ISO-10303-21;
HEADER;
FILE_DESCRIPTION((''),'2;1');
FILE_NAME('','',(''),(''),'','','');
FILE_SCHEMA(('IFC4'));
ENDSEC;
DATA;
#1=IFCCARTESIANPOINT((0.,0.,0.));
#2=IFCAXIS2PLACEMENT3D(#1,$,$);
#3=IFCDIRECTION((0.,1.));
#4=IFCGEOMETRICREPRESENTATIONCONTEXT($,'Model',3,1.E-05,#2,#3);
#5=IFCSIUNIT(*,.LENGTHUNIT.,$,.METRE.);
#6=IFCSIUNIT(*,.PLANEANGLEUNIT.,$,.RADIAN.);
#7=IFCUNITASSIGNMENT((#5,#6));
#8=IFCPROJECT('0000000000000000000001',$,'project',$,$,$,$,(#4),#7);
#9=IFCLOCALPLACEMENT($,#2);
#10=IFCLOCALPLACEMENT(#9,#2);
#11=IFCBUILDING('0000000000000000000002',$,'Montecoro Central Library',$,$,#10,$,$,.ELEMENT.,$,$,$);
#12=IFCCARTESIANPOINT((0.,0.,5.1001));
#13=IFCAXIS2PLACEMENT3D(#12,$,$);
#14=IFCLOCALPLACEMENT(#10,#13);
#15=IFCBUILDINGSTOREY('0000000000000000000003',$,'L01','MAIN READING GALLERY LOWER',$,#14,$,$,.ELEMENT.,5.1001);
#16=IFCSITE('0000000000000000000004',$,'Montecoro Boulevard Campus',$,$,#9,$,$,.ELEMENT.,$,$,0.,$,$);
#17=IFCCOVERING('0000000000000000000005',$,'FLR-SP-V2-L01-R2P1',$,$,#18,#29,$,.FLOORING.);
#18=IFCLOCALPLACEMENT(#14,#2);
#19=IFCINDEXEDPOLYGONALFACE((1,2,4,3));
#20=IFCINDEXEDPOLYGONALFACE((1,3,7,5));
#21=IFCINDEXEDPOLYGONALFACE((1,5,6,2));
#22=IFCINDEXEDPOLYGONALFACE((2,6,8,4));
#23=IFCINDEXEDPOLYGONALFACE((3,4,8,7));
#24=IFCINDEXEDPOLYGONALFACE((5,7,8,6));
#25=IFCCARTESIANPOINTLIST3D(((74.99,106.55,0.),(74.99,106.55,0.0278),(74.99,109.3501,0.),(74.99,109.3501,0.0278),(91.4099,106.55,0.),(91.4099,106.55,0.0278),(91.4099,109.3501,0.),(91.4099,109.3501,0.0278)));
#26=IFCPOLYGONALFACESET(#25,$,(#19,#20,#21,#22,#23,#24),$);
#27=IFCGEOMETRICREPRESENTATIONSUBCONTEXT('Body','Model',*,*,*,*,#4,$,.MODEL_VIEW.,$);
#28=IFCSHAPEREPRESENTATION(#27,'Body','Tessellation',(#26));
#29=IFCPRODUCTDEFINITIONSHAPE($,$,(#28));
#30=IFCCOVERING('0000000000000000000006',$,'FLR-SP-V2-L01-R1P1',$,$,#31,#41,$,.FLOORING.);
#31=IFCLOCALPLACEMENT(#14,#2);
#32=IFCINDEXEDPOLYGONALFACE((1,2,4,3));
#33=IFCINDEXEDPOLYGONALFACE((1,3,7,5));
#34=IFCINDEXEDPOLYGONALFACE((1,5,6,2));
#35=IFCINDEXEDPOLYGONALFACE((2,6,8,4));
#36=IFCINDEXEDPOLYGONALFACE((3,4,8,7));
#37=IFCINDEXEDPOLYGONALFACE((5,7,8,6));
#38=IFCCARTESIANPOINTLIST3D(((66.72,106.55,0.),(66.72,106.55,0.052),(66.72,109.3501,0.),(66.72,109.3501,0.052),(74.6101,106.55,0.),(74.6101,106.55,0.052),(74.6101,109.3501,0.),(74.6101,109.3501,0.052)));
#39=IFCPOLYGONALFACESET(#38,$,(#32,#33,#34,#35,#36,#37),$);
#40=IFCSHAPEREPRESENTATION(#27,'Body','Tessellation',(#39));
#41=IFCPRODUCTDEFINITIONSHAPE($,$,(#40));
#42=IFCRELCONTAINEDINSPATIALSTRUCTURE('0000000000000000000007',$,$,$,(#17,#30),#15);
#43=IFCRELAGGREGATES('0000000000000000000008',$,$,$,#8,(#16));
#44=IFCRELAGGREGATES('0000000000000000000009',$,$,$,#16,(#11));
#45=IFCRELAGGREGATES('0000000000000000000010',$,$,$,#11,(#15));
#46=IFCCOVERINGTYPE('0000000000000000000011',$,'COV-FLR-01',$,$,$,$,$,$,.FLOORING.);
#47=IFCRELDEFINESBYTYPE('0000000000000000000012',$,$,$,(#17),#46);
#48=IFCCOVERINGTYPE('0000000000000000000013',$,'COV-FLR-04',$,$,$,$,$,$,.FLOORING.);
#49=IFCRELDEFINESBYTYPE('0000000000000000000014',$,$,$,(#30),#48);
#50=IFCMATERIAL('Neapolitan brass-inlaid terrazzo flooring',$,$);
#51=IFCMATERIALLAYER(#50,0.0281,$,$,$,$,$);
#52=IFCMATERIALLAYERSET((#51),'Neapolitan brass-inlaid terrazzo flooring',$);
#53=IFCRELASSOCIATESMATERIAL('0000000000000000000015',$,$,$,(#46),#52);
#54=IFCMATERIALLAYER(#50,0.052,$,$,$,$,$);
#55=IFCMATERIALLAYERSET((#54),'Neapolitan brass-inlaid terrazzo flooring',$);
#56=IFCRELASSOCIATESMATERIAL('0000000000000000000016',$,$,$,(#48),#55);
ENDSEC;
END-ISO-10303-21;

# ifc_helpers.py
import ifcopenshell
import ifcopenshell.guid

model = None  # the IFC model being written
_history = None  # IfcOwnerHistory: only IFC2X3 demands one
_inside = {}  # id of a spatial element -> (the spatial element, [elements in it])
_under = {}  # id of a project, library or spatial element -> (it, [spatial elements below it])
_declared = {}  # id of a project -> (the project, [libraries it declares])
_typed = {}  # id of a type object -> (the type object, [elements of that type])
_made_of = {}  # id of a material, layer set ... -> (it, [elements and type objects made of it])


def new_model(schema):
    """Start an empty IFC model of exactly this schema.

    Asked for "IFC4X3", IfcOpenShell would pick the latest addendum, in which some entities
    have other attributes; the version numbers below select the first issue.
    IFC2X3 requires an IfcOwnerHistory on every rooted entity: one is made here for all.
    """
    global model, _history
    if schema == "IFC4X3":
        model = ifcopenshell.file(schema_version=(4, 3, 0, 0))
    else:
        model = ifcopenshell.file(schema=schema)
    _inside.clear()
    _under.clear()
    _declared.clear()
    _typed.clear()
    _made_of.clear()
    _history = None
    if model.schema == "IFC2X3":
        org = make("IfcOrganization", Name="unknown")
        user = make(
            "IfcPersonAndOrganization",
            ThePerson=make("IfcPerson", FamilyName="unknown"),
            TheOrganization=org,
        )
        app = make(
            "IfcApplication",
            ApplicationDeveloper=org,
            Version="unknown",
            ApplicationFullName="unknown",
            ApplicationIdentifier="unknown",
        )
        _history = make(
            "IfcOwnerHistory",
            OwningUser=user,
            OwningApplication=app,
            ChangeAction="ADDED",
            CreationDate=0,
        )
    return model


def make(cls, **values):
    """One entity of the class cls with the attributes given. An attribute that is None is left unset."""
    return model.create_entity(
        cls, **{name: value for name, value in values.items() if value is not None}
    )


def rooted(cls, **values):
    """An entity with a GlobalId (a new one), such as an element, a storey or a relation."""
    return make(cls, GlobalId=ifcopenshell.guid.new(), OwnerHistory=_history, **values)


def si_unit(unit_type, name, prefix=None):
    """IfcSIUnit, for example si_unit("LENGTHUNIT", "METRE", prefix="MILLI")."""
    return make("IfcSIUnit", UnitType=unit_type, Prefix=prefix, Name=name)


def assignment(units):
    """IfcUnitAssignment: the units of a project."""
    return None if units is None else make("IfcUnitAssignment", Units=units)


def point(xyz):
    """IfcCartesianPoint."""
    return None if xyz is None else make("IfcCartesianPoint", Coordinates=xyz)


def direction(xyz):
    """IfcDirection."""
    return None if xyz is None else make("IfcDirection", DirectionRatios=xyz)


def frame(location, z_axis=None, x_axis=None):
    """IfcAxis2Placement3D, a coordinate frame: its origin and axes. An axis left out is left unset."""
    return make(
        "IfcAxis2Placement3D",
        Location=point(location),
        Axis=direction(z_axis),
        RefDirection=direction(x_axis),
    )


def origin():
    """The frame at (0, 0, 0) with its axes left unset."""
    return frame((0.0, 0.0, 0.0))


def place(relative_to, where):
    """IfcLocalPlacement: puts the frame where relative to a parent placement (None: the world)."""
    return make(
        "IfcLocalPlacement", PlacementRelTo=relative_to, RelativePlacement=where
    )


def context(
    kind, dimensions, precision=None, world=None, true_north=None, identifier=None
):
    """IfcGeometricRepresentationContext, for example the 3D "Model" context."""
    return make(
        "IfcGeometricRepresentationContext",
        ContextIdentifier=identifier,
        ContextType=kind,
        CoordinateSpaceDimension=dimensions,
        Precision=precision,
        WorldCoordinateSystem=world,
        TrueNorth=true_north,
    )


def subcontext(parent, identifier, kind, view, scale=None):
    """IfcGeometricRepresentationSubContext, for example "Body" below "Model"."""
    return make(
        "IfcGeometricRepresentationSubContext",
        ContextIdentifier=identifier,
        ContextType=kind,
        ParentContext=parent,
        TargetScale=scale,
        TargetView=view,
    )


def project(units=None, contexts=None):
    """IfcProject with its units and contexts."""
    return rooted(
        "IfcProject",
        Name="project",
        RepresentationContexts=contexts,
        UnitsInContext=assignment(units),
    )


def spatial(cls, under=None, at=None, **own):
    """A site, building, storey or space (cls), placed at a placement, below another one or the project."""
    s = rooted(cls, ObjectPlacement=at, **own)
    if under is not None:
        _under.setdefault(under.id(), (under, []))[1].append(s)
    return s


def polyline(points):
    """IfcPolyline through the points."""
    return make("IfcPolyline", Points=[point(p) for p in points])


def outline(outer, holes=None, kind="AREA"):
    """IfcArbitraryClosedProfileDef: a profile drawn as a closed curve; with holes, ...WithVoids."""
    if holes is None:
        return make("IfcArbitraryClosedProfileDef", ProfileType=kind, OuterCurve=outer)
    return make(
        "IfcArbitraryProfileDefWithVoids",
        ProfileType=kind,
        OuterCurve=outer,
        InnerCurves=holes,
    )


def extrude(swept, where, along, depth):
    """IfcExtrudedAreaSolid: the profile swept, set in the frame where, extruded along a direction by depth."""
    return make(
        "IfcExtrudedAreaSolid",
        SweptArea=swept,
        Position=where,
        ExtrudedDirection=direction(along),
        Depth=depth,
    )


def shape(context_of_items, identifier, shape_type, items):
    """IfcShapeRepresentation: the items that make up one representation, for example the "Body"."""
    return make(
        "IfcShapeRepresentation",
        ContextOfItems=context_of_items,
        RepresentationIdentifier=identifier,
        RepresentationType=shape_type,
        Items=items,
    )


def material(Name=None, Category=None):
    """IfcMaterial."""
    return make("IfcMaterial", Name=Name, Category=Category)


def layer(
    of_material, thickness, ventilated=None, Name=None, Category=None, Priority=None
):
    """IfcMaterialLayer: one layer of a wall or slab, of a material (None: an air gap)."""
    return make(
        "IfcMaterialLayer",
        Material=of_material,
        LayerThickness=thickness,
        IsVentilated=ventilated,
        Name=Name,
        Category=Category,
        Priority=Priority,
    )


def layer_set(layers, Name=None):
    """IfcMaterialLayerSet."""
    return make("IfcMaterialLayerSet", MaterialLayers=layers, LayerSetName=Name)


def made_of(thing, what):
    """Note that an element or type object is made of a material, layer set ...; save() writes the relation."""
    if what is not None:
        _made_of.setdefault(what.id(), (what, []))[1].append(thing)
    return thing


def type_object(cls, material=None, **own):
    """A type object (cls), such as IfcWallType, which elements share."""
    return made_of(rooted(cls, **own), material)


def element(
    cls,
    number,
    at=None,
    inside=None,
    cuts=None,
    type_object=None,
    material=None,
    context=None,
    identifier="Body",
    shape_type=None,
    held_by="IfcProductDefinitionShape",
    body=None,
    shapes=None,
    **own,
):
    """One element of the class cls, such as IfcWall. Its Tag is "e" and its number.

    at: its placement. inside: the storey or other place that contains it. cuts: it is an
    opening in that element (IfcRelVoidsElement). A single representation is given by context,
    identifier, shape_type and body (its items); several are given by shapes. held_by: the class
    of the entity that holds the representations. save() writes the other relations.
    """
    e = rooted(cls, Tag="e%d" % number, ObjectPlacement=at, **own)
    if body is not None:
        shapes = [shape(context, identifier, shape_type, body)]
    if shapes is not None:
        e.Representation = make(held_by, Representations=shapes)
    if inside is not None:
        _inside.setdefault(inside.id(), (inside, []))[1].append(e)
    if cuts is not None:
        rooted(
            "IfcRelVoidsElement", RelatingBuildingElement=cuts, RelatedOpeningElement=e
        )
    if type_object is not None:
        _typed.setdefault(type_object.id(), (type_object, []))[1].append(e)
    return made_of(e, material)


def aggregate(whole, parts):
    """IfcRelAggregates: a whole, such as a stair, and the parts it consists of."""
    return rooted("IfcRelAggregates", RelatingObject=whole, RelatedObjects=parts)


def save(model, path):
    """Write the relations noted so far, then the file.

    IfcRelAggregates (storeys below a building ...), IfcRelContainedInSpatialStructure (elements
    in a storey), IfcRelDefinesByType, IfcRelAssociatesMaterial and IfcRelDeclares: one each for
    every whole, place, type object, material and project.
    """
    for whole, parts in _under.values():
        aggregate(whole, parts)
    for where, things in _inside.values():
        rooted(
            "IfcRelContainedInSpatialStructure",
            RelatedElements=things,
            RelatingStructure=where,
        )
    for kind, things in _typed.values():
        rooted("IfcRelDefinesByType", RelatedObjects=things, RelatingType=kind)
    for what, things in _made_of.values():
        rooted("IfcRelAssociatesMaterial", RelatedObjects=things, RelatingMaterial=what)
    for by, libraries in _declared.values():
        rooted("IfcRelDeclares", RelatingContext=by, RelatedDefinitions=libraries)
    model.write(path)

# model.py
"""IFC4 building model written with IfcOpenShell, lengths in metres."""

from ifc_helpers import new_model, si_unit, direction, frame, origin, place, context, subcontext, project, spatial, polyline, outline, extrude, material, layer, layer_set, type_object, element, save


model = new_model("IFC4")

# Units and contexts
model_context = context("Model", 3, precision=1e-05, world=origin(), true_north=direction((0.0, 1.0)))
body_context = subcontext(model_context, "Body", "Model", "MODEL_VIEW")
ifc_project = project(units=[si_unit("LENGTHUNIT", "METRE"), si_unit("PLANEANGLEUNIT", "RADIAN")], contexts=[model_context])

# Site, building, storey
site_placement = place(None, origin())
site = spatial("IfcSite", under=ifc_project, at=site_placement, Name="Montecoro Boulevard Campus", CompositionType="ELEMENT", RefElevation=0.0)
building_placement = place(site_placement, origin())
building = spatial("IfcBuilding", under=site, at=building_placement, Name="Montecoro Central Library", CompositionType="ELEMENT")
storey_placement = place(building_placement, frame((0.0, 0.0, 5.1001)))
storey = spatial("IfcBuildingStorey", under=building, at=storey_placement, Name="L01", Description="MAIN READING GALLERY LOWER", CompositionType="ELEMENT", Elevation=5.1001)

# Coverings
ifc_material_1 = material(Name="Neapolitan brass-inlaid terrazzo flooring")
ifc_layer_1 = layer(ifc_material_1, 0.0281)
ifc_layer_set_1 = layer_set([ifc_layer_1], Name="Neapolitan brass-inlaid terrazzo flooring")
covering_type_1 = type_object("IfcCoveringType", Name="COV-FLR-01", PredefinedType="FLOORING", material=ifc_layer_set_1)
covering_1_placement = place(storey_placement, origin())
element("IfcCovering", 1, at=covering_1_placement, inside=storey, type_object=covering_type_1, Name="FLR-SP-V2-L01-R2P1", PredefinedType="FLOORING", context=body_context, shape_type="SweptSolid", body=[
    extrude(outline(polyline([(74.99, 106.55), (91.4099, 106.55), (91.4099, 109.3501), (74.99, 109.3501), (74.99, 106.55)])), origin(), (0.0, 0.0, 1.0), 0.0278),
])
ifc_layer_2 = layer(ifc_material_1, 0.052)
ifc_layer_set_2 = layer_set([ifc_layer_2], Name="Neapolitan brass-inlaid terrazzo flooring")
covering_type_2 = type_object("IfcCoveringType", Name="COV-FLR-04", PredefinedType="FLOORING", material=ifc_layer_set_2)
covering_2_placement = place(storey_placement, origin())
element("IfcCovering", 2, at=covering_2_placement, inside=storey, type_object=covering_type_2, Name="FLR-SP-V2-L01-R1P1", PredefinedType="FLOORING", context=body_context, shape_type="SweptSolid", body=[
    extrude(outline(polyline([(66.72, 106.55), (74.6101, 106.55), (74.6101, 109.3501), (66.72, 109.3501), (66.72, 106.55)])), origin(), (0.0, 0.0, 1.0), 0.052),
])

save(model, "model.ifc")
